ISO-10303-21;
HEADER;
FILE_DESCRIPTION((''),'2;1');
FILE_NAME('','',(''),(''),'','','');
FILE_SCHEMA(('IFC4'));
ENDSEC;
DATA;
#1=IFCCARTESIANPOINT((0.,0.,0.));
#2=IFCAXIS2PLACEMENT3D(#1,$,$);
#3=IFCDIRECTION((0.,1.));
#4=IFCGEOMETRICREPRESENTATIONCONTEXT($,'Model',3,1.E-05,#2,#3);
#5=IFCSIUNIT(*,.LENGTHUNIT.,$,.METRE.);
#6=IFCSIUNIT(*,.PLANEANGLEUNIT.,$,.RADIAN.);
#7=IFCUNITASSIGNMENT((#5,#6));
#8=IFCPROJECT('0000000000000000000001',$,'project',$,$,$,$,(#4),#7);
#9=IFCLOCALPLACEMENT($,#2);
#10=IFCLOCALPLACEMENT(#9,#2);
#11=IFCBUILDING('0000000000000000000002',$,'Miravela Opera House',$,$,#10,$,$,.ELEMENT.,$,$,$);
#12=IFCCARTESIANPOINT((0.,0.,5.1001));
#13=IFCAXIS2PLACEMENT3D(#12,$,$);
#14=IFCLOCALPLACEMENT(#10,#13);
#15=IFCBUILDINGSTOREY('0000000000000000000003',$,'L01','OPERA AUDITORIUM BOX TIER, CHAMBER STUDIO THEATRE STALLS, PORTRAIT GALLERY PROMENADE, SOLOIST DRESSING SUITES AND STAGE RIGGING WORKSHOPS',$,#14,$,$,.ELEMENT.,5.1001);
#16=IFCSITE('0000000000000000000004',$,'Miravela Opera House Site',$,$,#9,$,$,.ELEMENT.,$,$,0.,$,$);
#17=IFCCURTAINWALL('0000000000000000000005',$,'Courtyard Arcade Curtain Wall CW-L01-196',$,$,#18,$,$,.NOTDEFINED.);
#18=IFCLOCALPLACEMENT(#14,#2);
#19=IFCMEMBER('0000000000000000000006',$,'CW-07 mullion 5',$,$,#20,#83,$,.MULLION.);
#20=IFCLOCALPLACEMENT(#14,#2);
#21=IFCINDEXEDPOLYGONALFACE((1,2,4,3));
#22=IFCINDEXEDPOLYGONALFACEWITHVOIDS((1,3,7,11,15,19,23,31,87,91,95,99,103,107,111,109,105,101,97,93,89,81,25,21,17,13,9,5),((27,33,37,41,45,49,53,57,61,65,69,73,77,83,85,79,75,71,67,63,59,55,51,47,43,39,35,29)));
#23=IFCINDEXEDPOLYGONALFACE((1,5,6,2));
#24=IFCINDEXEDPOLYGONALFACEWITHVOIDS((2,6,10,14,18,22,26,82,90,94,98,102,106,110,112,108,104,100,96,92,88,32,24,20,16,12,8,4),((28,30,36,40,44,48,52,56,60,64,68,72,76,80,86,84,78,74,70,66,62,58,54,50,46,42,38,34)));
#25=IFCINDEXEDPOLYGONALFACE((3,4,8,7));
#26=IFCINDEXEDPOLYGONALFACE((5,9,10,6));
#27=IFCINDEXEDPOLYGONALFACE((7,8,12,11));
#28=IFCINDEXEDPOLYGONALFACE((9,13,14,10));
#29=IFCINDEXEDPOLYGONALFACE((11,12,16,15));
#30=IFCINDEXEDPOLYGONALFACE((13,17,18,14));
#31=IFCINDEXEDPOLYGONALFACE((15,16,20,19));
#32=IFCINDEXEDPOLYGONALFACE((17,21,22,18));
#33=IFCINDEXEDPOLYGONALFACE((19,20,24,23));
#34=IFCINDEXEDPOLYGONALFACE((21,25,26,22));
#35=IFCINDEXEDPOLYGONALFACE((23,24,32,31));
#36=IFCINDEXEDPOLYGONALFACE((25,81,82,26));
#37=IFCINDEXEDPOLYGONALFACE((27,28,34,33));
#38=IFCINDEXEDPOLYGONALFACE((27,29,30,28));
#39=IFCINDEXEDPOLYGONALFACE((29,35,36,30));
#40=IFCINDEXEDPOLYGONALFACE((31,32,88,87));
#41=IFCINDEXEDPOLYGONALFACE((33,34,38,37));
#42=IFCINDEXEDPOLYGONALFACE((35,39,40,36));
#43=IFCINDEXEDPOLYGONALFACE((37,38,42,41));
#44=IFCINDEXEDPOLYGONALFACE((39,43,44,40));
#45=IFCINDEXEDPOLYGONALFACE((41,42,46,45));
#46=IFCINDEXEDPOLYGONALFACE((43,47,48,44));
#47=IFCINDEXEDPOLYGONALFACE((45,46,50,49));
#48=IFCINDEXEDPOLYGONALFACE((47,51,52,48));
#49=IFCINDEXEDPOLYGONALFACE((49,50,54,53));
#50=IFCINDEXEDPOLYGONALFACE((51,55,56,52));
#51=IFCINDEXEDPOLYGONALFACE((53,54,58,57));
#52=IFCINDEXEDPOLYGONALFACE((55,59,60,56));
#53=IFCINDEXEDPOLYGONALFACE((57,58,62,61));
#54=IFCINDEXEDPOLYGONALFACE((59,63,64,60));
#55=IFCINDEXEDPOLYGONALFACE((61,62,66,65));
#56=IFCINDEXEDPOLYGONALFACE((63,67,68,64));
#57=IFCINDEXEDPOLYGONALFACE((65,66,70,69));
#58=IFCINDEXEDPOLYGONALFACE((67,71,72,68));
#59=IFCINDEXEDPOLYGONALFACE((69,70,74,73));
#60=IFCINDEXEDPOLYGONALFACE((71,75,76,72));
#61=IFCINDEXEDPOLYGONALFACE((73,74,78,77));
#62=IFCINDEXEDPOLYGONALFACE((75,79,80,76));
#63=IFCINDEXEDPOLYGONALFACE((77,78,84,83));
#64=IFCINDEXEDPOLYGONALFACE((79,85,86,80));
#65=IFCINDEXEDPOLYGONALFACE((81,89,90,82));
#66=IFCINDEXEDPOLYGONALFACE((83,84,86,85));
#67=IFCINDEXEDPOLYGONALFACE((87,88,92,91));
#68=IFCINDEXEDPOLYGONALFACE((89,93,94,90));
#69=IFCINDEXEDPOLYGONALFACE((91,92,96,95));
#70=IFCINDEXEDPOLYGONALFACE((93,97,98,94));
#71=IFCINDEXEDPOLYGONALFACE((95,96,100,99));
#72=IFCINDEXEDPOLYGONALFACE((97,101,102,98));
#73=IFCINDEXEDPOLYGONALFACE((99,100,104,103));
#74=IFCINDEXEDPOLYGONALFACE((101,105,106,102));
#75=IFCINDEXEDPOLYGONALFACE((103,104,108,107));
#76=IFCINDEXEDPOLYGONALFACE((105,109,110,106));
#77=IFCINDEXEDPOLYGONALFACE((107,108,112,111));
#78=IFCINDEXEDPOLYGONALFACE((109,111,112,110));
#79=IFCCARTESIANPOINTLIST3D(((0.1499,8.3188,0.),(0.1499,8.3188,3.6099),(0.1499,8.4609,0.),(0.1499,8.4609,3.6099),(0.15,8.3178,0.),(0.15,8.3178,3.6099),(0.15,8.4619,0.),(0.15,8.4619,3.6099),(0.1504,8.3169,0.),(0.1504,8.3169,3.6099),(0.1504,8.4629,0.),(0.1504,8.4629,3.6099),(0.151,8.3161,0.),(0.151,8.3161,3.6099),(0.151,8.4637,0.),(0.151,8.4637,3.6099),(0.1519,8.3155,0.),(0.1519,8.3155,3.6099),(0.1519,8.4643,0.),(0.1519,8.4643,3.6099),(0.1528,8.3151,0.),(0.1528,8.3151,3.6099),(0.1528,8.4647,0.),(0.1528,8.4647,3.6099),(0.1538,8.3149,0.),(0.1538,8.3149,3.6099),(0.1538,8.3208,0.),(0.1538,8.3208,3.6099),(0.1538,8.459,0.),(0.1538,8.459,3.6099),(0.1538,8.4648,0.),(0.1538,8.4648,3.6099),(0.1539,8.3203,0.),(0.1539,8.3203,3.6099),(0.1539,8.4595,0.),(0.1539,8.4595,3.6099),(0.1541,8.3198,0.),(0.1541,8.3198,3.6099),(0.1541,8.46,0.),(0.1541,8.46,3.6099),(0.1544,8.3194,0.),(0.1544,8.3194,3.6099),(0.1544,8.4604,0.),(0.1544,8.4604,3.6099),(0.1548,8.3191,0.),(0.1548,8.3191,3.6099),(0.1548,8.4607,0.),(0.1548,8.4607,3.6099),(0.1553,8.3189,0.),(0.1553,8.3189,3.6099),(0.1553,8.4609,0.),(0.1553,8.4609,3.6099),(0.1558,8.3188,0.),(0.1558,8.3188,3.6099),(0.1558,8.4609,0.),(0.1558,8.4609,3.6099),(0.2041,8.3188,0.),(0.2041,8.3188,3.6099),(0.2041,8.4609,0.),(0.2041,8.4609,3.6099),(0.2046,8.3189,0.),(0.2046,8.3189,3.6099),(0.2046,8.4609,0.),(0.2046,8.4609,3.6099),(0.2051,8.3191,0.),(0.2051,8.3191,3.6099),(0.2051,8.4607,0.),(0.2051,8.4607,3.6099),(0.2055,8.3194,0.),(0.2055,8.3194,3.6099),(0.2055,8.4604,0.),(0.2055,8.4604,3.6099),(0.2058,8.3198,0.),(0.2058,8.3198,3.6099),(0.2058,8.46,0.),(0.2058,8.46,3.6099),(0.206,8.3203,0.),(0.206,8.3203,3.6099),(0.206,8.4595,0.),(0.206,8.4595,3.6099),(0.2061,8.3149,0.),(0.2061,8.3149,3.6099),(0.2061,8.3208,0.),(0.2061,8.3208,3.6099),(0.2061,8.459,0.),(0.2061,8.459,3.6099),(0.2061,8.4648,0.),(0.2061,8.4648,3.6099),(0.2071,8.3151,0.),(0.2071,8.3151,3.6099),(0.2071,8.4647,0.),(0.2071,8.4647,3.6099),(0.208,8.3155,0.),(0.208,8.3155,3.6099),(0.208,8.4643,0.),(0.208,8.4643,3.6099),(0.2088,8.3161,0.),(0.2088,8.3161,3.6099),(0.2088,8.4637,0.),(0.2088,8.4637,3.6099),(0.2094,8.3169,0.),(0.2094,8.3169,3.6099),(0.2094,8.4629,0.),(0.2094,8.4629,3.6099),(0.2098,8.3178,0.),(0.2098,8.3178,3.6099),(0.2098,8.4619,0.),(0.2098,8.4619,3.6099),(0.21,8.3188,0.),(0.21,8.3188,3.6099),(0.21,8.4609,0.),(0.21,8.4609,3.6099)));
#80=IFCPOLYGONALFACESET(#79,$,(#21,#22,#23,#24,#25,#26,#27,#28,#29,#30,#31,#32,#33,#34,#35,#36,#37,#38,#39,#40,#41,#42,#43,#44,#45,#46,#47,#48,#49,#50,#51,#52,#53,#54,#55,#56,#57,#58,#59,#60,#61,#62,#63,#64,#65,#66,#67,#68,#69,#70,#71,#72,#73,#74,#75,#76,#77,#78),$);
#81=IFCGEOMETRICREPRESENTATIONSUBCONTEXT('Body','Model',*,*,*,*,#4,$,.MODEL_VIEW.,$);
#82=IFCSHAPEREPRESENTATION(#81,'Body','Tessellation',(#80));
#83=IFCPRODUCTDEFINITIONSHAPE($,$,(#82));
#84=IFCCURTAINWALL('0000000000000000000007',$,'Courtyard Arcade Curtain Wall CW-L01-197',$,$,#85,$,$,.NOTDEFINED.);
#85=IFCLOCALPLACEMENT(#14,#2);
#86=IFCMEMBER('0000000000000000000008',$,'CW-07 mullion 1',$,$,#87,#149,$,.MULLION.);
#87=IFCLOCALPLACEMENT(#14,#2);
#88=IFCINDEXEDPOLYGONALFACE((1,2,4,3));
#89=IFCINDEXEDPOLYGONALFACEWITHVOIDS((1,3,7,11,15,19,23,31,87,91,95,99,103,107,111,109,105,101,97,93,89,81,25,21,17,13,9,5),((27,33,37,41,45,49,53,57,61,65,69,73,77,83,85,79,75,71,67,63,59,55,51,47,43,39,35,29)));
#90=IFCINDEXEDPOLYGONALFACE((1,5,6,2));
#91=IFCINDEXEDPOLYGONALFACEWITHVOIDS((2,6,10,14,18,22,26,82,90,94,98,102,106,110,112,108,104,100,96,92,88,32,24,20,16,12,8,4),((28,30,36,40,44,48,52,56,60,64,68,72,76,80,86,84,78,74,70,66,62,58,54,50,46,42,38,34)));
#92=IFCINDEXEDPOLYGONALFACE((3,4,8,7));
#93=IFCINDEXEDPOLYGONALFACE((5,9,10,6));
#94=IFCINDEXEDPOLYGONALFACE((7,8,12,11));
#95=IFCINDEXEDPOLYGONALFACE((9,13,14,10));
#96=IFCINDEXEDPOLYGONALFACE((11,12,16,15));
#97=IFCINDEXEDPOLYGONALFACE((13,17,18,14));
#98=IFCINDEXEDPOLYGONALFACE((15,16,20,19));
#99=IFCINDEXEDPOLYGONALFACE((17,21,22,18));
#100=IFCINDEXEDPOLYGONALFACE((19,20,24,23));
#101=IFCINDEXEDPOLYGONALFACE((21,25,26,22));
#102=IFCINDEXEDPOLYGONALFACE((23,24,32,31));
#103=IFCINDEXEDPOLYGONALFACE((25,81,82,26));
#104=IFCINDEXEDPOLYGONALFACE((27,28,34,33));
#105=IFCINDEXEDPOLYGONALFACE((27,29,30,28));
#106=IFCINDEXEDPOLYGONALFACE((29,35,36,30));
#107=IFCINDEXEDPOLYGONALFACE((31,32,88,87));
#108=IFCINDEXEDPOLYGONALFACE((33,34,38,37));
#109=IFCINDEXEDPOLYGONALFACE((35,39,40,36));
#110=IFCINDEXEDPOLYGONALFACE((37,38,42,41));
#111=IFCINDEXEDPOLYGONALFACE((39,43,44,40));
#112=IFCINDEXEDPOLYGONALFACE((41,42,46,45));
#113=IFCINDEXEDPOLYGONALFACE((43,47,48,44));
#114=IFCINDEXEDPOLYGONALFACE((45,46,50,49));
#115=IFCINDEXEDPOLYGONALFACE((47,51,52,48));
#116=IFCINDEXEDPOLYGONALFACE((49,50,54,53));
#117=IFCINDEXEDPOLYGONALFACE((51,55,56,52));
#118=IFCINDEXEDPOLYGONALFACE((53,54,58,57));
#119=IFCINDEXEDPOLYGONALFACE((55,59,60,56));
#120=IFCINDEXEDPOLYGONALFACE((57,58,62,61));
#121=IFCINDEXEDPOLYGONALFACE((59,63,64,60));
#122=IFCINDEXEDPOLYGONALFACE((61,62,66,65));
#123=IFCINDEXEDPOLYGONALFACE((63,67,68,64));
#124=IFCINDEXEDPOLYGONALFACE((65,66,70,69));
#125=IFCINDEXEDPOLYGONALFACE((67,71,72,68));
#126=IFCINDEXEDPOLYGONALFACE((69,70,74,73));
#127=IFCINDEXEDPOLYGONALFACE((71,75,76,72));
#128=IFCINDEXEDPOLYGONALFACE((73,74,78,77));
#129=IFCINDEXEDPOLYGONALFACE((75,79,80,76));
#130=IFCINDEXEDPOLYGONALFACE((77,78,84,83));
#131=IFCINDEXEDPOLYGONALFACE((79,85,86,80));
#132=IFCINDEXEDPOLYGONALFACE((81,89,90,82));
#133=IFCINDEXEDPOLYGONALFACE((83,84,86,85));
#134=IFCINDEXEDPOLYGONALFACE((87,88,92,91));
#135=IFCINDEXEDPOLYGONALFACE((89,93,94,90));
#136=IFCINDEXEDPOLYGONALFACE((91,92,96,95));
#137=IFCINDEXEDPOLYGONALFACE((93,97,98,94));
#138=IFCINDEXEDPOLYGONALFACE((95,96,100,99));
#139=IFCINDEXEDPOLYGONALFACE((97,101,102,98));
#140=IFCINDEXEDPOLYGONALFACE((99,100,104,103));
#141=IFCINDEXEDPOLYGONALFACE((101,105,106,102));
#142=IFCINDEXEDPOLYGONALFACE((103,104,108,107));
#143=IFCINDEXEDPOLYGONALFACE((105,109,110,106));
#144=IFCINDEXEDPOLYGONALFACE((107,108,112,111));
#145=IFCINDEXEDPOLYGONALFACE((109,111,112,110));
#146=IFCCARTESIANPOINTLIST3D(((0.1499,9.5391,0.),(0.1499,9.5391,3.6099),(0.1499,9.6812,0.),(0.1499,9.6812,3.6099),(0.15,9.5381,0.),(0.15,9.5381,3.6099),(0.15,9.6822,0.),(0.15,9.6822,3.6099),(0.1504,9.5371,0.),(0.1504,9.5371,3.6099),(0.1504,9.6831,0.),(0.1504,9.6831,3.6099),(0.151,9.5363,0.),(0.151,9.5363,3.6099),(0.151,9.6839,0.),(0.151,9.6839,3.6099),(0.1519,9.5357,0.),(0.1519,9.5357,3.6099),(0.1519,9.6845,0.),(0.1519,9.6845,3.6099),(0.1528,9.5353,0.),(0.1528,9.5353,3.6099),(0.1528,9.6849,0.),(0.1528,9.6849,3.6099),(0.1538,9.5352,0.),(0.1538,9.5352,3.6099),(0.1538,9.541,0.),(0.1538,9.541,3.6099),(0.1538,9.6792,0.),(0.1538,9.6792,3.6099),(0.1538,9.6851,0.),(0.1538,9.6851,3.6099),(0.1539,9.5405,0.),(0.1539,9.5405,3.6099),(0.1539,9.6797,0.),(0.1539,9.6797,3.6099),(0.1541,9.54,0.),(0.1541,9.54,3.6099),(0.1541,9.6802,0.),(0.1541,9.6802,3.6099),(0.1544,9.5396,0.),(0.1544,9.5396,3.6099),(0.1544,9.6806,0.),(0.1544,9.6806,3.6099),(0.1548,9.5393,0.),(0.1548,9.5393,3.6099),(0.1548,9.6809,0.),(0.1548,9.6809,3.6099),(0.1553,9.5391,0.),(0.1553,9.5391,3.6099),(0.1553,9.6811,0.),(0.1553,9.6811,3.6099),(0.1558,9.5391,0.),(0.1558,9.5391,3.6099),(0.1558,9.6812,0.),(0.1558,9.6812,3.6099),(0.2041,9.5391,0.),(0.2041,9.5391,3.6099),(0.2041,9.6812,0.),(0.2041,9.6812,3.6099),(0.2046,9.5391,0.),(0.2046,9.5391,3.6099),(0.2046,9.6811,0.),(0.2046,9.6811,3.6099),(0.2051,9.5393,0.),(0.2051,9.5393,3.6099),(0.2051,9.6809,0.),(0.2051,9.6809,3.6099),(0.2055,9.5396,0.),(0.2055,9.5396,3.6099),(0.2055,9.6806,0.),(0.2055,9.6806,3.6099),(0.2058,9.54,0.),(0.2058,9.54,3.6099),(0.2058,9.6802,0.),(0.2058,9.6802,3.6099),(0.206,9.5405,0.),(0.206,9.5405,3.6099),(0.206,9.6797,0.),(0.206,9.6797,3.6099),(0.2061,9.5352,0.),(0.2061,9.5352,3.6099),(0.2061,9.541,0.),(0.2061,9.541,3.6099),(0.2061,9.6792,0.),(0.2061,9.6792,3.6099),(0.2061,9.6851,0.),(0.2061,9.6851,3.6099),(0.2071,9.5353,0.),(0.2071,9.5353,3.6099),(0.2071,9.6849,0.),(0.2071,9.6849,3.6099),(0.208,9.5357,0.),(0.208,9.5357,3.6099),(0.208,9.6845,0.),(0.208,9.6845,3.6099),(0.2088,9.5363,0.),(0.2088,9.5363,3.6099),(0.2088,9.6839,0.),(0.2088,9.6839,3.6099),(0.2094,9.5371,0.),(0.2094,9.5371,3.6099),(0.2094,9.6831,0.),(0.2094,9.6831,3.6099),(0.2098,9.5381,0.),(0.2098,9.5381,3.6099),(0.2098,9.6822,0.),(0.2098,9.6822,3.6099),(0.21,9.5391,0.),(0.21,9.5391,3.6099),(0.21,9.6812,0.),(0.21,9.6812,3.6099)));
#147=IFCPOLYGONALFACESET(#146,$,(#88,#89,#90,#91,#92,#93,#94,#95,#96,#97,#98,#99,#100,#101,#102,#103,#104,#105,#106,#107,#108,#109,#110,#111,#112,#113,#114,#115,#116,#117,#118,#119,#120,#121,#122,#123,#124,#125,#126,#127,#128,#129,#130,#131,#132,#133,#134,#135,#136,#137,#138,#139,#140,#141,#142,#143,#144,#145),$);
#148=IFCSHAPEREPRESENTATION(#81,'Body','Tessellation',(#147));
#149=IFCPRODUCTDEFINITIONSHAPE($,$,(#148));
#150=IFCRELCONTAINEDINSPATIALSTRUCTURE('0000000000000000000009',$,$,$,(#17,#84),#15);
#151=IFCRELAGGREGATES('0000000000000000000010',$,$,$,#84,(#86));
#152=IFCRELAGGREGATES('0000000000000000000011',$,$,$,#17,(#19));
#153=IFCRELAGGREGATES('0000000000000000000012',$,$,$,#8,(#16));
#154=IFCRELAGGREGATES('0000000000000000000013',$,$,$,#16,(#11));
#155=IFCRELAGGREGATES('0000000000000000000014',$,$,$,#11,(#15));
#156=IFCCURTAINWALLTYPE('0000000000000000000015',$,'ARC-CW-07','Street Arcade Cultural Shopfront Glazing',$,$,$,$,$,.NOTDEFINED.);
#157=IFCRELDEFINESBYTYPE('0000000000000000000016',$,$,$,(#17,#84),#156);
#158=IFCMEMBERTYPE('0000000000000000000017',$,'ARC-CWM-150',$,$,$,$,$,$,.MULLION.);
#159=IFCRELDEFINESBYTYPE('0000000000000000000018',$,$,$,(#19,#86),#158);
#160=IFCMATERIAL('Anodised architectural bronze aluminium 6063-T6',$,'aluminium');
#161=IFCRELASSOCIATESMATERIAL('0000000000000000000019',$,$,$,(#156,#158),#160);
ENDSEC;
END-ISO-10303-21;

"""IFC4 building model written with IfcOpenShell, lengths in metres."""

from ifc_helpers import new_model, si_unit, direction, frame, origin, origin_2d, place, context, subcontext, project, spatial, hollow_rectangle, extrude, material, material_profile, profile_set, type_object, element, aggregate, save


model = new_model("IFC4")

# Units and contexts
model_context = context("Model", 3, precision=1e-05, world=origin(), true_north=direction((0.0, 1.0)))
body_context = subcontext(model_context, "Body", "Model", "MODEL_VIEW")
ifc_project = project(units=[si_unit("LENGTHUNIT", "METRE"), si_unit("PLANEANGLEUNIT", "RADIAN")], contexts=[model_context])

# Site, building, storey
site_placement = place(None, origin())
site = spatial("IfcSite", under=ifc_project, at=site_placement, Name="Miravela Opera House Site", CompositionType="ELEMENT", RefElevation=0.0)
building_placement = place(site_placement, origin())
building = spatial("IfcBuilding", under=site, at=building_placement, Name="Miravela Opera House", CompositionType="ELEMENT")
storey_placement = place(building_placement, frame((0.0, 0.0, 5.1001)))
storey = spatial("IfcBuildingStorey", under=building, at=storey_placement, Name="L01", Description="OPERA AUDITORIUM BOX TIER, CHAMBER STUDIO THEATRE STALLS, PORTRAIT GALLERY PROMENADE, SOLOIST DRESSING SUITES AND STAGE RIGGING WORKSHOPS", CompositionType="ELEMENT", Elevation=5.1001)

# Curtain wall, member
ifc_material_1 = material(Name="Anodised architectural bronze aluminium 6063-T6", Category="aluminium")
curtain_wall_type = type_object("IfcCurtainWallType", Name="ARC-CW-07", Description="Street Arcade Cultural Shopfront Glazing", PredefinedType="NOTDEFINED", material=ifc_material_1)
curtain_wall_1_placement = place(storey_placement, origin())
curtain_wall_1 = element("IfcCurtainWall", 1, at=curtain_wall_1_placement, inside=storey, type_object=curtain_wall_type, Name="Courtyard Arcade Curtain Wall CW-L01-196", PredefinedType="NOTDEFINED")
ifc_material_profile_1 = material_profile(ifc_material_1, hollow_rectangle(XDim=0.0601, YDim=0.1499, WallThickness=0.0039, InnerFilletRadius=0.002, OuterFilletRadius=0.0039, at=origin_2d()), Name="CWM-60X150")
ifc_profile_set_1 = profile_set([ifc_material_profile_1])
member_type_1 = type_object("IfcMemberType", Name="ARC-CWM-150", PredefinedType="MULLION", material=ifc_profile_set_1)
member_1_placement = place(storey_placement, frame((0.1799, 8.3899, 0.0), z_axis=(0.0, 0.0, 1.0), x_axis=(-1.0, 0.0, 0.0)))
member_1 = element("IfcMember", 2, at=member_1_placement, type_object=member_type_1, Name="CW-07 mullion 5", PredefinedType="MULLION", context=body_context, shape_type="SweptSolid", body=[
    extrude(hollow_rectangle(XDim=0.0601, YDim=0.1499, WallThickness=0.0039, InnerFilletRadius=0.002, OuterFilletRadius=0.0039, at=origin_2d()), origin(), (0.0, 0.0, 1.0), 3.6099),
])

# Curtain wall, member
curtain_wall_2_placement = place(storey_placement, origin())
curtain_wall_2 = element("IfcCurtainWall", 3, at=curtain_wall_2_placement, inside=storey, type_object=curtain_wall_type, Name="Courtyard Arcade Curtain Wall CW-L01-197", PredefinedType="NOTDEFINED")
member_2_placement = place(storey_placement, frame((0.1799, 9.6101, 0.0), z_axis=(0.0, 0.0, 1.0), x_axis=(-1.0, 0.0, 0.0)))
member_2 = element("IfcMember", 4, at=member_2_placement, type_object=member_type_1, Name="CW-07 mullion 1", PredefinedType="MULLION", context=body_context, shape_type="SweptSolid", body=[
    extrude(hollow_rectangle(XDim=0.0601, YDim=0.1499, WallThickness=0.0039, InnerFilletRadius=0.002, OuterFilletRadius=0.0039, at=origin_2d()), origin(), (0.0, 0.0, 1.0), 3.6099),
])

aggregate(curtain_wall_2, [member_2])

aggregate(curtain_wall_1, [member_1])

save(model, "model.ifc")
